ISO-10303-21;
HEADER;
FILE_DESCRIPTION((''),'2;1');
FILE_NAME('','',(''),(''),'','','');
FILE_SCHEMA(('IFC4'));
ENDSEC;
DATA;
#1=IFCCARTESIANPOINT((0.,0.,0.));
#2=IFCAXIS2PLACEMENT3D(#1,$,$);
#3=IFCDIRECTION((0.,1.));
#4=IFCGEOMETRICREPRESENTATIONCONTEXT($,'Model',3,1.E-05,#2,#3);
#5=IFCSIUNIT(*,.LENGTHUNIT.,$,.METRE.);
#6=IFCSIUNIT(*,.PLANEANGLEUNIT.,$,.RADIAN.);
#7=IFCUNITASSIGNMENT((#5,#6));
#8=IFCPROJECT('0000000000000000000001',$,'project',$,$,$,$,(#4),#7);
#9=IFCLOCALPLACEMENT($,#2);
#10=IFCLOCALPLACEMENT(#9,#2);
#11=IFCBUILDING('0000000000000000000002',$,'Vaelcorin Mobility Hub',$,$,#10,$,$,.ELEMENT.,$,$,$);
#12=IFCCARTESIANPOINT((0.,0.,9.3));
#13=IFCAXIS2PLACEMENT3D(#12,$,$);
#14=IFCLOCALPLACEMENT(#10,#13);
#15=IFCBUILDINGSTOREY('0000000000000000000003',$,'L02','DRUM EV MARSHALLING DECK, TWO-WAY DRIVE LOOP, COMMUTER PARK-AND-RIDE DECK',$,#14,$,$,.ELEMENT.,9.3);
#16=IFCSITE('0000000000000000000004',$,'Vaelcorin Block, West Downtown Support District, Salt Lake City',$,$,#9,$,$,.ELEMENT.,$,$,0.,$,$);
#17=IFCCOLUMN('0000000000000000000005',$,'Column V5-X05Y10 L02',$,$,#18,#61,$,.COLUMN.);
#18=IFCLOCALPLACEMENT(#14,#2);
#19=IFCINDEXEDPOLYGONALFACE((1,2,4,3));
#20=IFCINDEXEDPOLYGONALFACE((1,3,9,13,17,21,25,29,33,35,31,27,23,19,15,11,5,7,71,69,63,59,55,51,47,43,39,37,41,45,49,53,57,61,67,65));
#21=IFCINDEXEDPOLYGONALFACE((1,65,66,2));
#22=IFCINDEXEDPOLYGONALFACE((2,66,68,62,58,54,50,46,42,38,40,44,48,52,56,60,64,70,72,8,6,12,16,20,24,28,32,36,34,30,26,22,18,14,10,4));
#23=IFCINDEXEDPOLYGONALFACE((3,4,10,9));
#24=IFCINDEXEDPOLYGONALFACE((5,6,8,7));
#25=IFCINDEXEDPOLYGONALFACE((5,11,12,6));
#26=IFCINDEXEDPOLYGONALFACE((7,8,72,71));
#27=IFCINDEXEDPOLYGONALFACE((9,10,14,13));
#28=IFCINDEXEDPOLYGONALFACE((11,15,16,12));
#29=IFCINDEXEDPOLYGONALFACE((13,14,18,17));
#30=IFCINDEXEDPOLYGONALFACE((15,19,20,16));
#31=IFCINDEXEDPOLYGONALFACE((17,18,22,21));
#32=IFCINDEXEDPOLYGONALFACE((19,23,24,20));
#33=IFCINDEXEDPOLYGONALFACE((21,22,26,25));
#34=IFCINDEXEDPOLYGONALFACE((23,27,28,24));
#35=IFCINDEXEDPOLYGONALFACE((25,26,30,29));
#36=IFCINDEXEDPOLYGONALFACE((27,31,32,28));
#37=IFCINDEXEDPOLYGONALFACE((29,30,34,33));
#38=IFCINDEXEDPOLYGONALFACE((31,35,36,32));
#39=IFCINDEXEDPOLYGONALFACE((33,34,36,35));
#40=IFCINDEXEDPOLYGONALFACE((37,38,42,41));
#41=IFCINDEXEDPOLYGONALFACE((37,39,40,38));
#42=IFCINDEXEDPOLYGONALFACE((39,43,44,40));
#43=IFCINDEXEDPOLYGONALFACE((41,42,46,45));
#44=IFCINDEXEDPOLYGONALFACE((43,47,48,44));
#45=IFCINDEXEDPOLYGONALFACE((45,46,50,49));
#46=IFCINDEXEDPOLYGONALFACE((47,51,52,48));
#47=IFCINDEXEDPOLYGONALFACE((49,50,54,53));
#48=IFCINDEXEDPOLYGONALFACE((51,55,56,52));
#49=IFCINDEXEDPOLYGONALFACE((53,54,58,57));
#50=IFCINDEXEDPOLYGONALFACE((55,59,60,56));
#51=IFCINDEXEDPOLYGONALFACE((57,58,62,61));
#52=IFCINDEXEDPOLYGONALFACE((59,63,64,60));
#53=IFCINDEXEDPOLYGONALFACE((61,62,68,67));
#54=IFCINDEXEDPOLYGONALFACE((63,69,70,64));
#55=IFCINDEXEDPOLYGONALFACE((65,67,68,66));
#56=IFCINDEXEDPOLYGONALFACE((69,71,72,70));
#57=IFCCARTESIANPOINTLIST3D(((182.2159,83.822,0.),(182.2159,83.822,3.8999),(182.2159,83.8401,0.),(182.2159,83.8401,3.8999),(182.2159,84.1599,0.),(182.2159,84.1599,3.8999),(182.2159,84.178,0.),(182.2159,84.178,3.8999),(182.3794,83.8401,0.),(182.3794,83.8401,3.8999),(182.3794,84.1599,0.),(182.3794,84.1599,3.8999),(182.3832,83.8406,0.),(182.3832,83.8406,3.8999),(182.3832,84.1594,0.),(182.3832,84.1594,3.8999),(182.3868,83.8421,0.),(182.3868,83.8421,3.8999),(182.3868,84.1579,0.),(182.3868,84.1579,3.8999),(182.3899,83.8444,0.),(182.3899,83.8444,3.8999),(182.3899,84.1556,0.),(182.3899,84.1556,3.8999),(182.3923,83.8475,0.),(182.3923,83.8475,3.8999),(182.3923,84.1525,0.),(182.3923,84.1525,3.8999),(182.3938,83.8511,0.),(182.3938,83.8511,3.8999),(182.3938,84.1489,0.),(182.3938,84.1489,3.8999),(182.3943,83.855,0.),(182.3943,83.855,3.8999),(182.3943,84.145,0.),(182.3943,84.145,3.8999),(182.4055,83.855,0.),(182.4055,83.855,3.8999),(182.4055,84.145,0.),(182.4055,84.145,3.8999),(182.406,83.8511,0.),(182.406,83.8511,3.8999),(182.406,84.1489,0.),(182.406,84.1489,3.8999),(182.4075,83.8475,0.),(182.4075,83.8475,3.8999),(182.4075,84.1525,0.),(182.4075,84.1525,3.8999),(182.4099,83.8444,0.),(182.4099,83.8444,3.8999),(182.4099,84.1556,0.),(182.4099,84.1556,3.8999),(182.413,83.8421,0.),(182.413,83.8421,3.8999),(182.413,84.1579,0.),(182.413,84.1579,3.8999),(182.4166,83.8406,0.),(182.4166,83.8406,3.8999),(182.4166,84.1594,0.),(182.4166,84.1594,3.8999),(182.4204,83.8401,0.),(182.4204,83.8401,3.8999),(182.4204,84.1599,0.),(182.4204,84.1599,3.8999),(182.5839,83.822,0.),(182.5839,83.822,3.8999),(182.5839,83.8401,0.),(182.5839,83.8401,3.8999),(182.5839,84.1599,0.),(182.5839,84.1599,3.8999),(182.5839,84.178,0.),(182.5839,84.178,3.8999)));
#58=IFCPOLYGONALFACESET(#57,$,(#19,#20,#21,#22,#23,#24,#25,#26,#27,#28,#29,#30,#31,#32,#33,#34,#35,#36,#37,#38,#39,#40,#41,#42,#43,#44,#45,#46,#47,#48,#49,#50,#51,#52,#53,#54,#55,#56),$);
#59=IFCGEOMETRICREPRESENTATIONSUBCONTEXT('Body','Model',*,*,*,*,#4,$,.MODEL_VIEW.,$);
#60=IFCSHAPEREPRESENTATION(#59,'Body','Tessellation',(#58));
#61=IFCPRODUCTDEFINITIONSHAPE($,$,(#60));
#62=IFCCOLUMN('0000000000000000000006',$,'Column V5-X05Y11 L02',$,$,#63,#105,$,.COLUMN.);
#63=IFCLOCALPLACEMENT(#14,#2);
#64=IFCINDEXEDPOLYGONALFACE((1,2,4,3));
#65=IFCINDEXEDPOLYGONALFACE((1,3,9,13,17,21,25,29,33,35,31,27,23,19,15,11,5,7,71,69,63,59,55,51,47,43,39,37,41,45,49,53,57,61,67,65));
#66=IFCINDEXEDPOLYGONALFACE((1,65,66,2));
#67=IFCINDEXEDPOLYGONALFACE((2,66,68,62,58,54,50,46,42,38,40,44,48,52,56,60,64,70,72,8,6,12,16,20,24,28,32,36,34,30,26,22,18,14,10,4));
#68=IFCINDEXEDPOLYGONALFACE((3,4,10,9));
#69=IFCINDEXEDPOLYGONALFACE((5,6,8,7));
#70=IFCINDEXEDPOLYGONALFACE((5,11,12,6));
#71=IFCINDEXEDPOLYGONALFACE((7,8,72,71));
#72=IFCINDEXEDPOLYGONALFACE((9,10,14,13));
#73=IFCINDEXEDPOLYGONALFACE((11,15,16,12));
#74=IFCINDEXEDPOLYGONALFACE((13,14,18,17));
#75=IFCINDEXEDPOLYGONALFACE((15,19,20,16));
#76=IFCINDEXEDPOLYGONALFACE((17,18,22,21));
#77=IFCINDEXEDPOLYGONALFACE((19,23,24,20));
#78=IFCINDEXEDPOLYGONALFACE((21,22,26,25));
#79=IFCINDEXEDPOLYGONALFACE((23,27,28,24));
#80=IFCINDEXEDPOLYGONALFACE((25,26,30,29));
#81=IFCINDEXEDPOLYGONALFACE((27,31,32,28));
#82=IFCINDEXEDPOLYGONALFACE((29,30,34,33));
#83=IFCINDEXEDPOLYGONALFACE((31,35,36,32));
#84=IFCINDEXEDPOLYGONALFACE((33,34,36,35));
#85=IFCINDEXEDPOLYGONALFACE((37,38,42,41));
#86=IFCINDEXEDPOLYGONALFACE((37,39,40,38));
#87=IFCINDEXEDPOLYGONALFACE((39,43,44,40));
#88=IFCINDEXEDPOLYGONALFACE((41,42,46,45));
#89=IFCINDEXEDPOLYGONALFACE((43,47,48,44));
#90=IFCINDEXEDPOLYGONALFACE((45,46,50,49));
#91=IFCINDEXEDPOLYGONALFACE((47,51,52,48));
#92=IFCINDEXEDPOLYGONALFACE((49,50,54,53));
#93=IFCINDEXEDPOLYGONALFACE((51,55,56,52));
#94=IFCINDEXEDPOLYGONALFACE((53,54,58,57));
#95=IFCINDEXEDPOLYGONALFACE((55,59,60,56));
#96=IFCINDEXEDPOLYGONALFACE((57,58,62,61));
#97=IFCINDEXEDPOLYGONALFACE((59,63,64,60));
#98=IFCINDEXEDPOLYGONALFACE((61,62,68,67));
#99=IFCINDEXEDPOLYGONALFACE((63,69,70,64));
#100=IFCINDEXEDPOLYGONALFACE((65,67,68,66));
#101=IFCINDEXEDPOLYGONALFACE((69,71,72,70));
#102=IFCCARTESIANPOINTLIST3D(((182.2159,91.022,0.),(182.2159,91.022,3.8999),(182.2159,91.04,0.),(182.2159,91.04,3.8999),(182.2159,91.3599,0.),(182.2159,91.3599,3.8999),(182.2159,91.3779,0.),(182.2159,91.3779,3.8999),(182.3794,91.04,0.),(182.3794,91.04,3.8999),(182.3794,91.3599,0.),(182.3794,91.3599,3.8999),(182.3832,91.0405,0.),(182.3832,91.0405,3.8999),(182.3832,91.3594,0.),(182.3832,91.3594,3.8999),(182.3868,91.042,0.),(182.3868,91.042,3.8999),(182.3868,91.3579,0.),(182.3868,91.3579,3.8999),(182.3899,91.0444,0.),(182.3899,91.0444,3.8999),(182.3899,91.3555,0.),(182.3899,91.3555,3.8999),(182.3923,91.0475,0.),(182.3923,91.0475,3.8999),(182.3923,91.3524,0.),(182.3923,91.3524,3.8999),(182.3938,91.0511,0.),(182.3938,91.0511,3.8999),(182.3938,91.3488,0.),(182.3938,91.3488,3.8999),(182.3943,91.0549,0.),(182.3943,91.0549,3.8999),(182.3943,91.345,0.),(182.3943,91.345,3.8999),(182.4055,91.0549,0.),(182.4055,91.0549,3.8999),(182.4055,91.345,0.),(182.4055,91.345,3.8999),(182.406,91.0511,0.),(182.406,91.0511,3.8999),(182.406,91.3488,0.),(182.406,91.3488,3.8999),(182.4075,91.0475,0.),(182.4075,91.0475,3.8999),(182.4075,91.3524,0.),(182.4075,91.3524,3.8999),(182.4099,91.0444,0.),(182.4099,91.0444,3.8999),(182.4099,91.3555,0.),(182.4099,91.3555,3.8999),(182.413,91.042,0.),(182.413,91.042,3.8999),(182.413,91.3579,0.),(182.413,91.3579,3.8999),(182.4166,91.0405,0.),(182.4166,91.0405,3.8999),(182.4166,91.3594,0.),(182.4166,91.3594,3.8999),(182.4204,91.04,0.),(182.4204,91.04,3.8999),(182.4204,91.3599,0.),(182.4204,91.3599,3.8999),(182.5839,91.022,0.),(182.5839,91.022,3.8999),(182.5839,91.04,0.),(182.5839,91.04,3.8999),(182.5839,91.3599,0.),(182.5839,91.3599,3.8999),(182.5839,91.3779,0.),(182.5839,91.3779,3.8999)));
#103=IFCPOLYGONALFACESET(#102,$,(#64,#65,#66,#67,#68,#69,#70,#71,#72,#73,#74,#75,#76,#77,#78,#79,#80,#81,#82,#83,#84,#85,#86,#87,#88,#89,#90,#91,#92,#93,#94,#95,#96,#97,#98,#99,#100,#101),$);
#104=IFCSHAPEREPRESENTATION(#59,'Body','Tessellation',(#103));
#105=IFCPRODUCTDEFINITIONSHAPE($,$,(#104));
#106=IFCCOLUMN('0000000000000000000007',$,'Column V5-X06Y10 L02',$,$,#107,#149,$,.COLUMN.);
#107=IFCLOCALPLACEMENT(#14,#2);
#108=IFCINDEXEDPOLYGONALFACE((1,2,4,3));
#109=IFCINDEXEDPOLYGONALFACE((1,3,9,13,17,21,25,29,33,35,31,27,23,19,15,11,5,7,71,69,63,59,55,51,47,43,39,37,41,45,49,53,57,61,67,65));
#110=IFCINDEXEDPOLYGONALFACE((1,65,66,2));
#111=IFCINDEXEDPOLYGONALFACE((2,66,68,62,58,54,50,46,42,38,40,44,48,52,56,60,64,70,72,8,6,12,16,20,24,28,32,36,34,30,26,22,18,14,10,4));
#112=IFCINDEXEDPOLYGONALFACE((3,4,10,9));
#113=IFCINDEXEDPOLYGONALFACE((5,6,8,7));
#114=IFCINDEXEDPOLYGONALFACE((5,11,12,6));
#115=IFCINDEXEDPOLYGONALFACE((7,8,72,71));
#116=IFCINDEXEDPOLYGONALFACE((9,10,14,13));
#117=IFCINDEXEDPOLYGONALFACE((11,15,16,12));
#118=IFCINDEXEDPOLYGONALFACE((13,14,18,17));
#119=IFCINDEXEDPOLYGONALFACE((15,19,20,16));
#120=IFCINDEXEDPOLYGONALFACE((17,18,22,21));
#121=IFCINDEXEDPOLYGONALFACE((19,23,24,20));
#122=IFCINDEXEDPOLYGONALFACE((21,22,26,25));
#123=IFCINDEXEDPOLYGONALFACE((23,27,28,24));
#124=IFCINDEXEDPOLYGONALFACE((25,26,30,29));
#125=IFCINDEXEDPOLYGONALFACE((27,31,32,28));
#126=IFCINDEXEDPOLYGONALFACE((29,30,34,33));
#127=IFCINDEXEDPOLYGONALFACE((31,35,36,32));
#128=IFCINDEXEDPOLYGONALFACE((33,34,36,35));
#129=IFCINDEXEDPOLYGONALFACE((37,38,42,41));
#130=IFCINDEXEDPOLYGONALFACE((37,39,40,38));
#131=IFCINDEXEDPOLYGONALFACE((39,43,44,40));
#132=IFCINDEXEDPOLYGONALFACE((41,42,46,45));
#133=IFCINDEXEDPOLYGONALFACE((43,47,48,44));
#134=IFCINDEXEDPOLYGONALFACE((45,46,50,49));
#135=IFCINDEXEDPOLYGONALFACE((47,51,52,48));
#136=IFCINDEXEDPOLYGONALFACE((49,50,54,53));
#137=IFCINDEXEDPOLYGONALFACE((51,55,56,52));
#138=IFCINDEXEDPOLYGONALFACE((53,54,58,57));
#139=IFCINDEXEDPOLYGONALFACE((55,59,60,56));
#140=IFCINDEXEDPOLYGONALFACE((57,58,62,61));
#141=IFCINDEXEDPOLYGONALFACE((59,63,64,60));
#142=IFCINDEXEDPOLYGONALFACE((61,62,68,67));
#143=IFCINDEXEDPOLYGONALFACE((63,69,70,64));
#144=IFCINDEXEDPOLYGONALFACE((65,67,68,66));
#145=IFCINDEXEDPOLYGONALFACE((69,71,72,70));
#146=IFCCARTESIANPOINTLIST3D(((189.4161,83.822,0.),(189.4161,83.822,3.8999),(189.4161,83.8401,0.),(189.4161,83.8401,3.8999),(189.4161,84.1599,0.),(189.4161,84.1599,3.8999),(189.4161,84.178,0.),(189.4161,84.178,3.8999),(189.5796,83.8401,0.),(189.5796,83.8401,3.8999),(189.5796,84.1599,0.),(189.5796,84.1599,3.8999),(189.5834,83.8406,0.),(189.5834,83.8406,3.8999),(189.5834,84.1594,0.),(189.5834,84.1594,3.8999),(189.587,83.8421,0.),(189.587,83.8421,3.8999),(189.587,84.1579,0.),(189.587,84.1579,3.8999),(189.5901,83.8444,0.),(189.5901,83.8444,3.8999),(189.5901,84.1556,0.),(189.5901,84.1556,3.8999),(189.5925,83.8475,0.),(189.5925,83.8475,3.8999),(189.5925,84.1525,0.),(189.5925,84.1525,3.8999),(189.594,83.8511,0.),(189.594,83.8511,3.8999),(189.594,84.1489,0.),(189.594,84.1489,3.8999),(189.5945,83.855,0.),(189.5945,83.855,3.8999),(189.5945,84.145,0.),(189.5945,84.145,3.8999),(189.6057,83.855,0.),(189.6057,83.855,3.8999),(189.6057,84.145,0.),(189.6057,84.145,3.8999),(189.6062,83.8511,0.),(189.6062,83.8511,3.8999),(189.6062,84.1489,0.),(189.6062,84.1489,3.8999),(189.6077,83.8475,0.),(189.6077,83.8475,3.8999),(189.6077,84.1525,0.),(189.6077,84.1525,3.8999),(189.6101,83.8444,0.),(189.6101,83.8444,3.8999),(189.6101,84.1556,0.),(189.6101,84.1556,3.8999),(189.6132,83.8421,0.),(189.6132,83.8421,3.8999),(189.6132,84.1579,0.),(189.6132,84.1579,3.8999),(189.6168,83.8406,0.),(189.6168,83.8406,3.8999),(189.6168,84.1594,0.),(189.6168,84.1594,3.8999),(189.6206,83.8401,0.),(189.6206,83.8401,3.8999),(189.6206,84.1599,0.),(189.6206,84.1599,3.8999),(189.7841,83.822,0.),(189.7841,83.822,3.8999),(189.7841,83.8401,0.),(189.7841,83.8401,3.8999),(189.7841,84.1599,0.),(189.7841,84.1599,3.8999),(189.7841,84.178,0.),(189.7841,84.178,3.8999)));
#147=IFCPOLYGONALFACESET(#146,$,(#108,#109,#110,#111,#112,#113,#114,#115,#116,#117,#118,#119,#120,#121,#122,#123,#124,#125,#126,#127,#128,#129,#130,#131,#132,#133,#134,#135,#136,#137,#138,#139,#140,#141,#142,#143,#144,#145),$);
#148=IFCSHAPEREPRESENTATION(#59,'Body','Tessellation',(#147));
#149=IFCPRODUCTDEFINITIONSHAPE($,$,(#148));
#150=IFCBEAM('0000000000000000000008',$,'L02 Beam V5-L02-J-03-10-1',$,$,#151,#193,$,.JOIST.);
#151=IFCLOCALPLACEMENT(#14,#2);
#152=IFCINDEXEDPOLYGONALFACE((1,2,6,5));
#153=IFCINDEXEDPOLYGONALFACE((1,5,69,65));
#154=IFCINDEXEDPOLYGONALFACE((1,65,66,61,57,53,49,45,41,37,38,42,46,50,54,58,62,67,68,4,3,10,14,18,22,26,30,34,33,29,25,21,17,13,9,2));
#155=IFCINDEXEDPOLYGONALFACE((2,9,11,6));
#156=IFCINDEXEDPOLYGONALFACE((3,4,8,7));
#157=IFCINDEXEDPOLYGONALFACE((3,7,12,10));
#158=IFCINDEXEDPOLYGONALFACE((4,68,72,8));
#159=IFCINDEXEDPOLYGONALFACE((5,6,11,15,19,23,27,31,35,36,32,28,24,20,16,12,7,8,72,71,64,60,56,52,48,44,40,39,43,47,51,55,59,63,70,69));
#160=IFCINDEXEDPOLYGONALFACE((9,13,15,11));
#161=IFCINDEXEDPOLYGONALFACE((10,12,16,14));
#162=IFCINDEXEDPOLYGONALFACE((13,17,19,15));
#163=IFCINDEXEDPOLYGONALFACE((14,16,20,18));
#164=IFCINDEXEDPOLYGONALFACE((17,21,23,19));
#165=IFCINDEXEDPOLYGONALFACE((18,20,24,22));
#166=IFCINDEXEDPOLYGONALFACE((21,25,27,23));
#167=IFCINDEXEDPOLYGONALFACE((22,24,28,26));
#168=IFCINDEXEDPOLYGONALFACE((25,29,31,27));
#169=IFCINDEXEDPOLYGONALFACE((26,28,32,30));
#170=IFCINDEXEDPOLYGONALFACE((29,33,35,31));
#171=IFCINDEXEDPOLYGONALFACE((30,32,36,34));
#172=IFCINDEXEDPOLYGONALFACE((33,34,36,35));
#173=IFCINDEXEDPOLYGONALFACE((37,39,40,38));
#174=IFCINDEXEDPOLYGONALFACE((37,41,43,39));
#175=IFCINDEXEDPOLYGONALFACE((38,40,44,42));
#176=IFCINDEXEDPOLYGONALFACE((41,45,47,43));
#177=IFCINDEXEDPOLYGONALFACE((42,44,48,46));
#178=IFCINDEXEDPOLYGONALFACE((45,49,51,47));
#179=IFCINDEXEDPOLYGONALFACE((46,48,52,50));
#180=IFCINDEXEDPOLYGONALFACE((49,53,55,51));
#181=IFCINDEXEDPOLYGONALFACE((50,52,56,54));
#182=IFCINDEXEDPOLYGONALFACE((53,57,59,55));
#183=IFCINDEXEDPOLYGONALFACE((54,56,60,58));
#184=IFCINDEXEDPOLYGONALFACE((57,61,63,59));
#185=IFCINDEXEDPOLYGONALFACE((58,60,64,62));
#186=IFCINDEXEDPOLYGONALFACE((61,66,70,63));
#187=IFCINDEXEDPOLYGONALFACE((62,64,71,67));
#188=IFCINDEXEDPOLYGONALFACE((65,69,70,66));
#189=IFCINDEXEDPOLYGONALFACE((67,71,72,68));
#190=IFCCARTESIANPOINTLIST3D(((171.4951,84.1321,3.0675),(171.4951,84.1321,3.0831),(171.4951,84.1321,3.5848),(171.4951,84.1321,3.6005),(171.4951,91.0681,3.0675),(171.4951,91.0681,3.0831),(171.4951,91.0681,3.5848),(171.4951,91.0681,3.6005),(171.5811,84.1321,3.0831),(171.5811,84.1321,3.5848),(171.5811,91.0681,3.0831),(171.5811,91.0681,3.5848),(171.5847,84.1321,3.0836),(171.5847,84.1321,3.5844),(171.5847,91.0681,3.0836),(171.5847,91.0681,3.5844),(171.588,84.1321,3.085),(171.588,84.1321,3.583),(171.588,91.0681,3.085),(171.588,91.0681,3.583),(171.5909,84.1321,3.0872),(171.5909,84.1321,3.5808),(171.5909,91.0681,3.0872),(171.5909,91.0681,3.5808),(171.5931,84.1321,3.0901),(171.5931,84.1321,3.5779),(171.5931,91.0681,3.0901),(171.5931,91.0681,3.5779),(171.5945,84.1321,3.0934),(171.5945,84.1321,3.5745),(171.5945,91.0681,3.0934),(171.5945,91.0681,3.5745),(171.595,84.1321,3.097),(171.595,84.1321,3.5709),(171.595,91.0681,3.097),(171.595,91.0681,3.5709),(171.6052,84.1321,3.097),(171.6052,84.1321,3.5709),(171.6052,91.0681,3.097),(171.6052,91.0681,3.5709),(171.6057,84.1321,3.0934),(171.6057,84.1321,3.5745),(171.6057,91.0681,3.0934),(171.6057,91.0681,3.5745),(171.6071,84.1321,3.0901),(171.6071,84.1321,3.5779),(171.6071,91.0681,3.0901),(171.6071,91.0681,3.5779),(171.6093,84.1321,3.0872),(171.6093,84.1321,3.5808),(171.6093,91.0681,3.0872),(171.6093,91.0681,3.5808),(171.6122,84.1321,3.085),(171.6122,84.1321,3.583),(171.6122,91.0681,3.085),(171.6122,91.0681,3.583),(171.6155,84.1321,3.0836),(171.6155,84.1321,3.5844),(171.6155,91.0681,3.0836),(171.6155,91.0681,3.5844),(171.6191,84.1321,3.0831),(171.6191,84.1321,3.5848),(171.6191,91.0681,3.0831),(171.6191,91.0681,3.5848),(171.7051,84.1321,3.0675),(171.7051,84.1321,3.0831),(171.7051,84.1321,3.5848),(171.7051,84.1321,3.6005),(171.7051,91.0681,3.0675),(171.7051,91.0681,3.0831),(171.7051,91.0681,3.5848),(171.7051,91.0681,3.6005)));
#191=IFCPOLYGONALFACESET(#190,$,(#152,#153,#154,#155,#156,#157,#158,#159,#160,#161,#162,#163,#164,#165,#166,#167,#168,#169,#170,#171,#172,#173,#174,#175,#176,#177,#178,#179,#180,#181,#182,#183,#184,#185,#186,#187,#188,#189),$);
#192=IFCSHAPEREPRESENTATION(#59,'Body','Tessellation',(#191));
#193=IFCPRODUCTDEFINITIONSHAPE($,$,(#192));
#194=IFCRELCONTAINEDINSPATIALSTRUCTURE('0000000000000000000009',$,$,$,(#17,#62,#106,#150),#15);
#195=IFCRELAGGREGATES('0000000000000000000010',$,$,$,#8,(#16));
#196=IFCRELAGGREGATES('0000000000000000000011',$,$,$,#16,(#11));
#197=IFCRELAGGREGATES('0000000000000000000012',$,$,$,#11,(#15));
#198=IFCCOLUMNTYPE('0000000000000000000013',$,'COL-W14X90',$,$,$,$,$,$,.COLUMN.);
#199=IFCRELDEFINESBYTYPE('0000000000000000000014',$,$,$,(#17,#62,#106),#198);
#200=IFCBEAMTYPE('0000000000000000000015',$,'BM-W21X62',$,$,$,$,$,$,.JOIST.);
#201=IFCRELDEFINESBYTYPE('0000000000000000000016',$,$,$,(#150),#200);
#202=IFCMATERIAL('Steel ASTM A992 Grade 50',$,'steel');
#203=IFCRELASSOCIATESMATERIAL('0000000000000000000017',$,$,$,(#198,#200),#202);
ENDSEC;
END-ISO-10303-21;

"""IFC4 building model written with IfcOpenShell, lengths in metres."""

from ifc_helpers import new_model, si_unit, direction, frame, origin, origin_2d, place, context, subcontext, project, spatial, i_section, extrude, material, material_profile, profile_set, type_object, element, save


model = new_model("IFC4")

# Units and contexts
model_context = context("Model", 3, precision=1e-05, world=origin(), true_north=direction((0.0, 1.0)))
body_context = subcontext(model_context, "Body", "Model", "MODEL_VIEW")
ifc_project = project(units=[si_unit("LENGTHUNIT", "METRE"), si_unit("PLANEANGLEUNIT", "RADIAN")], contexts=[model_context])

# Site, building, storey
site_placement = place(None, origin())
site = spatial("IfcSite", under=ifc_project, at=site_placement, Name="Vaelcorin Block, West Downtown Support District, Salt Lake City", CompositionType="ELEMENT", RefElevation=0.0)
building_placement = place(site_placement, origin())
building = spatial("IfcBuilding", under=site, at=building_placement, Name="Vaelcorin Mobility Hub", CompositionType="ELEMENT")
storey_placement = place(building_placement, frame((0.0, 0.0, 9.3)))
storey = spatial("IfcBuildingStorey", under=building, at=storey_placement, Name="L02", Description="DRUM EV MARSHALLING DECK, TWO-WAY DRIVE LOOP, COMMUTER PARK-AND-RIDE DECK", CompositionType="ELEMENT", Elevation=9.3)

# Columns
ifc_material_1 = material(Name="Steel ASTM A992 Grade 50", Category="steel")
ifc_material_profile_1 = material_profile(ifc_material_1, i_section(OverallWidth=0.3679, OverallDepth=0.356, WebThickness=0.0112, FlangeThickness=0.0181, FilletRadius=0.0149, at=origin_2d()), Name="W14X90")
ifc_profile_set_1 = profile_set([ifc_material_profile_1], Name="Steel ASTM A992 Grade 50")
column_type = type_object("IfcColumnType", Name="COL-W14X90", PredefinedType="COLUMN", material=ifc_profile_set_1)
for number, where, z_axis, x_axis, name in (
    (1, (182.3999, 84.0, 0.0), (0.0, 0.0, 1.0), (1.0, 0.0, 0.0), "Column V5-X05Y10 L02"),
    (2, (182.3999, 91.2, 0.0), (0.0, 0.0, 1.0), (1.0, 0.0, 0.0), "Column V5-X05Y11 L02"),
    (3, (189.6001, 84.0, 0.0), (0.0, 0.0, 1.0), (1.0, 0.0, 0.0), "Column V5-X06Y10 L02"),
):
    element("IfcColumn", number, at=place(storey_placement, frame(where, z_axis=z_axis, x_axis=x_axis)), inside=storey, type_object=column_type, Name=name, PredefinedType="COLUMN", context=body_context, shape_type="SweptSolid", body=[
        extrude(i_section(OverallWidth=0.3679, OverallDepth=0.356, WebThickness=0.0112, FlangeThickness=0.0181, FilletRadius=0.0149, at=origin_2d()), origin(), (0.0, 0.0, 1.0), 3.8999),
    ])

# Beam
ifc_material_profile_2 = material_profile(ifc_material_1, i_section(OverallWidth=0.21, OverallDepth=0.533, WebThickness=0.0103, FlangeThickness=0.0156, FilletRadius=0.0139, at=origin_2d()), Name="W21X62")
ifc_profile_set_2 = profile_set([ifc_material_profile_2], Name="Steel ASTM A992 Grade 50")
beam_type_1 = type_object("IfcBeamType", Name="BM-W21X62", PredefinedType="JOIST", material=ifc_profile_set_2)
for number, where, z_axis, x_axis, name in (
    (4, (171.6001, 84.1321, 3.334), (0.0, 1.0, 0.0), (-1.0, 0.0, 0.0), "L02 Beam V5-L02-J-03-10-1"),
):
    element("IfcBeam", number, at=place(storey_placement, frame(where, z_axis=z_axis, x_axis=x_axis)), inside=storey, type_object=beam_type_1, Name=name, PredefinedType="JOIST", context=body_context, shape_type="SweptSolid", body=[
        extrude(i_section(OverallWidth=0.21, OverallDepth=0.533, WebThickness=0.0103, FlangeThickness=0.0156, FilletRadius=0.0139, at=origin_2d()), origin(), (0.0, 0.0, 1.0), 6.936),
    ])

save(model, "model.ifc")
